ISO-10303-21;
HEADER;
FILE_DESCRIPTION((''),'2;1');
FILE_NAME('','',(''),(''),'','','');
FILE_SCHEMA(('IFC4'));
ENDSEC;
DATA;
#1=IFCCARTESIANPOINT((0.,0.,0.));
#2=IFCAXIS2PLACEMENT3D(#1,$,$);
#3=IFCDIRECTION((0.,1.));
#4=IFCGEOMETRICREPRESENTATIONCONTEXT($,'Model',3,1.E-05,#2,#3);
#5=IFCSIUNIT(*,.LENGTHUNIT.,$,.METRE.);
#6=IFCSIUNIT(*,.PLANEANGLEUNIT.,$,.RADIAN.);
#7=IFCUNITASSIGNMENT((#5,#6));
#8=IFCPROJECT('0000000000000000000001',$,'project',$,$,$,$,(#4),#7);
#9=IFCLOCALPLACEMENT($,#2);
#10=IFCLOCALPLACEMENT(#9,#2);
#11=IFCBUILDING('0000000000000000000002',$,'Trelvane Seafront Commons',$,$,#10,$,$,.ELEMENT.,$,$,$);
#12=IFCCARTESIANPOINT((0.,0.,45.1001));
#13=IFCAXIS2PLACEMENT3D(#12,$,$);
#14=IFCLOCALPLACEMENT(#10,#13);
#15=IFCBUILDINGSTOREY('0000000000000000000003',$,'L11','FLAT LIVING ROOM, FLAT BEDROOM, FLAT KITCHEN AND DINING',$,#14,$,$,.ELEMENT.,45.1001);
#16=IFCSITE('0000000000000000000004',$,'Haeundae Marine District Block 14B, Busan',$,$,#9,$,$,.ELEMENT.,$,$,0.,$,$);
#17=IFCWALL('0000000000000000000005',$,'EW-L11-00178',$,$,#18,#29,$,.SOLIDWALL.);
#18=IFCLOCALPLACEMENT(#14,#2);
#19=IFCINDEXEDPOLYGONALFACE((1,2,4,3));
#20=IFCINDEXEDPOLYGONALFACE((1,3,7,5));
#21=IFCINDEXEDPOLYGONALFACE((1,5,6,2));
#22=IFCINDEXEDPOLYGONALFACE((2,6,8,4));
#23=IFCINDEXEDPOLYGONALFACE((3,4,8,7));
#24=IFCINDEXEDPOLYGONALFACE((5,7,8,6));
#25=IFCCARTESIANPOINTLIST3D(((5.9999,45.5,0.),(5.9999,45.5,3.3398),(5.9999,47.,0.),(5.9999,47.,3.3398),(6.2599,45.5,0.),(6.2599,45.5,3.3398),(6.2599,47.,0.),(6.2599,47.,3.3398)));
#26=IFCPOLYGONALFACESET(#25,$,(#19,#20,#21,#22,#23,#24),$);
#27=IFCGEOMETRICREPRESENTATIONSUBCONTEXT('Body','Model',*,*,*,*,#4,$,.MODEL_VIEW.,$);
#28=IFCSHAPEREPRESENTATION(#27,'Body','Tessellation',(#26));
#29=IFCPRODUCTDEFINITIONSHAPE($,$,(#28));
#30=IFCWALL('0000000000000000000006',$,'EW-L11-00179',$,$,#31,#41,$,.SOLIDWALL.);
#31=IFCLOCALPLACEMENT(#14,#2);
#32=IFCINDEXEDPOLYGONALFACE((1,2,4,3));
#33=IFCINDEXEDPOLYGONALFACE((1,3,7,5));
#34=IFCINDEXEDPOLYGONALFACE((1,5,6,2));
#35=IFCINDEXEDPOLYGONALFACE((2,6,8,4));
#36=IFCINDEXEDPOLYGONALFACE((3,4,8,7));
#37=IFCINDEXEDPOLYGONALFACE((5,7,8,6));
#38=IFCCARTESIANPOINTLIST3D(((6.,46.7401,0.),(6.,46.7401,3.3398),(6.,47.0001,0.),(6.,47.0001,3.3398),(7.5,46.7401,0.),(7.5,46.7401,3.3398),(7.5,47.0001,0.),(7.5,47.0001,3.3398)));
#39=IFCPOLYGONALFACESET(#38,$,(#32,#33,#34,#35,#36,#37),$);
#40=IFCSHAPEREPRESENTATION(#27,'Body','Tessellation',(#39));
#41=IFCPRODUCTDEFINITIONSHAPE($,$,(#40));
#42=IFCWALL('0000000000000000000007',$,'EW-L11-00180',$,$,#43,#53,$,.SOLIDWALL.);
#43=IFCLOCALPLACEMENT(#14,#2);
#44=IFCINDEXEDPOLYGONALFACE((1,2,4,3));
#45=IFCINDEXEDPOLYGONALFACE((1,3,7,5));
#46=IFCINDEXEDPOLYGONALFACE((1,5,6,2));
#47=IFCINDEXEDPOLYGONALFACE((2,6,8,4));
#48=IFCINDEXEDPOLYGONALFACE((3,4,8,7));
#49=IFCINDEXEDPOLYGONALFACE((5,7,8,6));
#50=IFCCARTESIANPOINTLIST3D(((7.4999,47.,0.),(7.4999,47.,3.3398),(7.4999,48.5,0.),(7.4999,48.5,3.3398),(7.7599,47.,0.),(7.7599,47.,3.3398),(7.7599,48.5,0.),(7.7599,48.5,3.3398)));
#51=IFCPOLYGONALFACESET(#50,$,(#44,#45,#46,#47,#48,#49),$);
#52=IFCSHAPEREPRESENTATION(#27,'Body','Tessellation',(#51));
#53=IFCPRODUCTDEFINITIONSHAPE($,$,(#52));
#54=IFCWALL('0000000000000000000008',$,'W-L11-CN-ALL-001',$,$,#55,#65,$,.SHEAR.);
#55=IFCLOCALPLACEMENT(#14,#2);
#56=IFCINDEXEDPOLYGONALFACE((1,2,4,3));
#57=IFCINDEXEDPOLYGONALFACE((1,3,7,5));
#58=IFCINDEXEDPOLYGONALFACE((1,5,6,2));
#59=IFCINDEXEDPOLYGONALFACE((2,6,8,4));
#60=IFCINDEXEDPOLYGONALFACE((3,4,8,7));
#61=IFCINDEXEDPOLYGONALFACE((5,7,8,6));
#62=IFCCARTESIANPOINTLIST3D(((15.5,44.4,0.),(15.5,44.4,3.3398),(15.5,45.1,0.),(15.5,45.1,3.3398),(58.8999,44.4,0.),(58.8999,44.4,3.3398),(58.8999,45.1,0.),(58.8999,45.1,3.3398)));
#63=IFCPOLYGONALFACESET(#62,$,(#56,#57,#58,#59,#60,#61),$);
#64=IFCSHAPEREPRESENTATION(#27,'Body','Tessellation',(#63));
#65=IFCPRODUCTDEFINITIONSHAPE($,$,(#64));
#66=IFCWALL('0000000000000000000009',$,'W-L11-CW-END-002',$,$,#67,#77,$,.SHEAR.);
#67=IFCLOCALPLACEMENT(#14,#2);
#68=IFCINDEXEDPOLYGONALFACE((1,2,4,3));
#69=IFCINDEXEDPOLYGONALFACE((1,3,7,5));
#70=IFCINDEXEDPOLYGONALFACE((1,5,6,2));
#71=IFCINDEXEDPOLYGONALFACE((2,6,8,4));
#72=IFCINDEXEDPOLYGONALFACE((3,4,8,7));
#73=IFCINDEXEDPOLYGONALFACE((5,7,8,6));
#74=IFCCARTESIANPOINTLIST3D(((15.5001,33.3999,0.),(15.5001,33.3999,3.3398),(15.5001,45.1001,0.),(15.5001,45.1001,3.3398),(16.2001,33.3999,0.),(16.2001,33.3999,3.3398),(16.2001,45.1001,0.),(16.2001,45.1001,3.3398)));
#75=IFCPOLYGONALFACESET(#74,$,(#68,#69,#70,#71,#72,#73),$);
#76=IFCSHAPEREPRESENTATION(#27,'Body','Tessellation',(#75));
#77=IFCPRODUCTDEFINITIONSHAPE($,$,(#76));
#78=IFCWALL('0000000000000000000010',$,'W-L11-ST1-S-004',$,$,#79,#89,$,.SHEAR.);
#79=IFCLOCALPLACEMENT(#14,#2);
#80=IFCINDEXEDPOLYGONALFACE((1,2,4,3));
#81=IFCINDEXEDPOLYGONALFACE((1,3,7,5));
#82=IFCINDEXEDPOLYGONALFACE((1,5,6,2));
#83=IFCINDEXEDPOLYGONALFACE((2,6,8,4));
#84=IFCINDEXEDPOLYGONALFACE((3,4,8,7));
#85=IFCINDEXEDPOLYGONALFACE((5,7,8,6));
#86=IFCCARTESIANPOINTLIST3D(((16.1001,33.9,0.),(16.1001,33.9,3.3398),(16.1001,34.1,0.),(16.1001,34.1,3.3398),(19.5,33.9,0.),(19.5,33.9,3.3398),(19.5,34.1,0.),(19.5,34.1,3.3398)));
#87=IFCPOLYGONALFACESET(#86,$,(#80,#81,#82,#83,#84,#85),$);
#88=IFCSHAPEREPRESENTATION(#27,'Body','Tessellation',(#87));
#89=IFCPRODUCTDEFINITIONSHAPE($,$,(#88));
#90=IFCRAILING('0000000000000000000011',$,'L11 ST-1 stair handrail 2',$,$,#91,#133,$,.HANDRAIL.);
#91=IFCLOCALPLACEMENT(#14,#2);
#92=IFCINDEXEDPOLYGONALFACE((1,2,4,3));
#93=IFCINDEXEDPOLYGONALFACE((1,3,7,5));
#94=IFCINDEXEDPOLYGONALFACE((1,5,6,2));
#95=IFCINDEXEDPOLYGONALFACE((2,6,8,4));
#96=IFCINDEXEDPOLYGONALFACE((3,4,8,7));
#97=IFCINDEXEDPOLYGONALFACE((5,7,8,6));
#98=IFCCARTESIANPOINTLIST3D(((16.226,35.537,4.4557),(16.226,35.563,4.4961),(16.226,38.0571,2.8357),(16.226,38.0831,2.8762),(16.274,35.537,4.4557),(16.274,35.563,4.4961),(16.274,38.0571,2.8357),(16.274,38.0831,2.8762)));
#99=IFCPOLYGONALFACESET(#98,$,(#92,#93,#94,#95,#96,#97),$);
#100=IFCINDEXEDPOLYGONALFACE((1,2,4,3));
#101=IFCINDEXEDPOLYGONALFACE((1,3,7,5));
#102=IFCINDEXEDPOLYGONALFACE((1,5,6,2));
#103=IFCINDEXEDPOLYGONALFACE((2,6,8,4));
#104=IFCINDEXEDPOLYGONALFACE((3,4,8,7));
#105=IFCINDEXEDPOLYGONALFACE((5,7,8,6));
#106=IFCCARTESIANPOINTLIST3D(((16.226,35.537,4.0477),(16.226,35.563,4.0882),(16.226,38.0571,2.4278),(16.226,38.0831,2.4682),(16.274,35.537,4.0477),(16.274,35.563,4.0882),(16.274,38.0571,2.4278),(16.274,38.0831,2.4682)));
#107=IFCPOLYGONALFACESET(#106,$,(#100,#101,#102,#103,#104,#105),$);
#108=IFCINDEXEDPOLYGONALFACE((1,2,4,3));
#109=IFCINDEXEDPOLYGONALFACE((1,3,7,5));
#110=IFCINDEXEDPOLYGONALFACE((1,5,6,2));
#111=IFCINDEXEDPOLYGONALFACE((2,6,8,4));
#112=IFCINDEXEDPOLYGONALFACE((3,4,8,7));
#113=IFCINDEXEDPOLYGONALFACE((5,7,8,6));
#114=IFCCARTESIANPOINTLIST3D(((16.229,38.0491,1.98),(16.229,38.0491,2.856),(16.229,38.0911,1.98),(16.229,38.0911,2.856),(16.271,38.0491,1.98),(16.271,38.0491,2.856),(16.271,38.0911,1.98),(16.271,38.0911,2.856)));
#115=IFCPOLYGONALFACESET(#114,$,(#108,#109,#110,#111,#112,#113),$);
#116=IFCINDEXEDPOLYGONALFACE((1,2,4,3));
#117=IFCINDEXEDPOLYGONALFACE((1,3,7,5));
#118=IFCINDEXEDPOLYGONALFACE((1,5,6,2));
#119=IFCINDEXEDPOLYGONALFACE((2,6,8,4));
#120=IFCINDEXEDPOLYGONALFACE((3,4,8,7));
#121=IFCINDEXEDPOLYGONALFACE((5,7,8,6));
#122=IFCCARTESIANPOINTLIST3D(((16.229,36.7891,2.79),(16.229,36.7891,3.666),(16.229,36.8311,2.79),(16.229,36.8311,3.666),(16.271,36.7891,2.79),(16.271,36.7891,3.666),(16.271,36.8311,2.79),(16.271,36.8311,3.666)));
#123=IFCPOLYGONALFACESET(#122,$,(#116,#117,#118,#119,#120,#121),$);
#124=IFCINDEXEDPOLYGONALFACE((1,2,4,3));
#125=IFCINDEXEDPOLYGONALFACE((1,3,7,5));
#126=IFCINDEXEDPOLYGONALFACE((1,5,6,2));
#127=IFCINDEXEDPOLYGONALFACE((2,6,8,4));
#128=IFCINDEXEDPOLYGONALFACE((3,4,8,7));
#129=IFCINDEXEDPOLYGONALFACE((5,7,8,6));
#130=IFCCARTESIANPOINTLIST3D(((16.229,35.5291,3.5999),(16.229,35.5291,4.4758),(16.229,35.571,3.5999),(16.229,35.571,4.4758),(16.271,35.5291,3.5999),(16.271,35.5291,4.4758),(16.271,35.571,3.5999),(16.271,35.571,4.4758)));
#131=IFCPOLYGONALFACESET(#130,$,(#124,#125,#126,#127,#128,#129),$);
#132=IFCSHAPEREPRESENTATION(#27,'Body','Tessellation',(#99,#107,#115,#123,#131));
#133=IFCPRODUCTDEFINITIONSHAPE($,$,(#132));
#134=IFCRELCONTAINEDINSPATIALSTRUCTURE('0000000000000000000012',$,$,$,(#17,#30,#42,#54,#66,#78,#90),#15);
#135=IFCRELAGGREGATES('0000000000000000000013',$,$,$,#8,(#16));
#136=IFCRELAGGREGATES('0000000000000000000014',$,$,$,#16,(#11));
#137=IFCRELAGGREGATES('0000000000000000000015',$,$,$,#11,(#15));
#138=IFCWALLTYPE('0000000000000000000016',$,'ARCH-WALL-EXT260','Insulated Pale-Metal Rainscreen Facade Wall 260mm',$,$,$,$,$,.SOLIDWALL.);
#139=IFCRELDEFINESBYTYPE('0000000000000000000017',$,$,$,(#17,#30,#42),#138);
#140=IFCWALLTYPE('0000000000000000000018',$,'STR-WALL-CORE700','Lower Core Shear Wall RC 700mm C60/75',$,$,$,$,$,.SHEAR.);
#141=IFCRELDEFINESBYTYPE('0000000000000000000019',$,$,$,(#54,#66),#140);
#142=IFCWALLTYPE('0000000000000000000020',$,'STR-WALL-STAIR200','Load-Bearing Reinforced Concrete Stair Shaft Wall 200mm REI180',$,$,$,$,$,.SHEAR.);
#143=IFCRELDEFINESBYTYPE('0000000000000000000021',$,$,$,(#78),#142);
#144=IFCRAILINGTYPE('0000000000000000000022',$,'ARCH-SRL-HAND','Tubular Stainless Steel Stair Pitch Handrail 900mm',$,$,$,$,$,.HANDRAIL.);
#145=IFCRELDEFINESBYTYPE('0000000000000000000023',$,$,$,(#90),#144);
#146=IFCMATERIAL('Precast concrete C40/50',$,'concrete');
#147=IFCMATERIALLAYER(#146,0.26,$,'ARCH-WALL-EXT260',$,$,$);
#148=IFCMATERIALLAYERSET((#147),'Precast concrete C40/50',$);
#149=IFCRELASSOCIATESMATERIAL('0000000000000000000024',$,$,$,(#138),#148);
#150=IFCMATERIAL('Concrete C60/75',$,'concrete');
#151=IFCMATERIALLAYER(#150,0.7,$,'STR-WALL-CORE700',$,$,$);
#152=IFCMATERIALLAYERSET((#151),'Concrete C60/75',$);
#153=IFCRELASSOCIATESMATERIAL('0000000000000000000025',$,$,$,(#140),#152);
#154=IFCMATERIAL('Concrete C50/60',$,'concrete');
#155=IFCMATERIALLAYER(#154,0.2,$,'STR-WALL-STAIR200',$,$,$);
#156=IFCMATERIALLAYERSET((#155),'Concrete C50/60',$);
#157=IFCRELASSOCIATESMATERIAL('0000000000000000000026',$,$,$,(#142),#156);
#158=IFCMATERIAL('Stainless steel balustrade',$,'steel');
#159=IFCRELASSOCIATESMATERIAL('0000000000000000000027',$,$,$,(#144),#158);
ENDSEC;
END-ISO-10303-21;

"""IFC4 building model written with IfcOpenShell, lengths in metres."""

from ifc_helpers import new_model, si_unit, direction, frame, frame_2d, origin, origin_2d, place, context, subcontext, project, spatial, rectangle, extrude, material, layer, layer_set, type_object, element, save


model = new_model("IFC4")

# Units and contexts
model_context = context("Model", 3, precision=1e-05, world=origin(), true_north=direction((0.0, 1.0)))
body_context = subcontext(model_context, "Body", "Model", "MODEL_VIEW")
ifc_project = project(units=[si_unit("LENGTHUNIT", "METRE"), si_unit("PLANEANGLEUNIT", "RADIAN")], contexts=[model_context])

# Site, building, storey
site_placement = place(None, origin())
site = spatial("IfcSite", under=ifc_project, at=site_placement, Name="Haeundae Marine District Block 14B, Busan", CompositionType="ELEMENT", RefElevation=0.0)
building_placement = place(site_placement, origin())
building = spatial("IfcBuilding", under=site, at=building_placement, Name="Trelvane Seafront Commons", CompositionType="ELEMENT")
storey_placement = place(building_placement, frame((0.0, 0.0, 45.1001)))
storey = spatial("IfcBuildingStorey", under=building, at=storey_placement, Name="L11", Description="FLAT LIVING ROOM, FLAT BEDROOM, FLAT KITCHEN AND DINING", CompositionType="ELEMENT", Elevation=45.1001)

# Shared definitions
ifc_material_1 = material(Name="Concrete C60/75", Category="concrete")

# Shared definitions
ifc_material_2 = material(Name="Precast concrete C40/50", Category="concrete")
ifc_layer_1 = layer(ifc_material_2, 0.26, Name="ARCH-WALL-EXT260")
ifc_layer_set_1 = layer_set([ifc_layer_1], Name="Precast concrete C40/50")
wall_type_1 = type_object("IfcWallType", Name="ARCH-WALL-EXT260", Description="Insulated Pale-Metal Rainscreen Facade Wall 260mm", PredefinedType="SOLIDWALL", material=ifc_layer_set_1)

# Walls
for number, where, z_axis, x_axis, name in (
    (1, (6.1299, 45.5, 0.0), (0.0, 0.0, 1.0), (0.0, 1.0, 0.0), "EW-L11-00178"),
    (2, (6.0, 46.8701, 0.0), (0.0, 0.0, 1.0), (1.0, 0.0, 0.0), "EW-L11-00179"),
    (3, (7.6299, 47.0, 0.0), (0.0, 0.0, 1.0), (0.0, 1.0, 0.0), "EW-L11-00180"),
):
    element("IfcWall", number, at=place(storey_placement, frame(where, z_axis=z_axis, x_axis=x_axis)), inside=storey, type_object=wall_type_1, Name=name, PredefinedType="SOLIDWALL", context=body_context, shape_type="SweptSolid", body=[
        extrude(rectangle(XDim=1.5, YDim=0.26, at=frame_2d((0.75, 0.0))), origin(), (0.0, 0.0, 1.0), 3.3398),
    ])

# Walls
ifc_layer_2 = layer(ifc_material_1, 0.7, Name="STR-WALL-CORE700")
ifc_layer_set_2 = layer_set([ifc_layer_2], Name="Concrete C60/75")
wall_type_2 = type_object("IfcWallType", Name="STR-WALL-CORE700", Description="Lower Core Shear Wall RC 700mm C60/75", PredefinedType="SHEAR", material=ifc_layer_set_2)
wall_1_placement = place(storey_placement, frame((15.5, 44.75, 0.0), z_axis=(0.0, 0.0, 1.0), x_axis=(1.0, 0.0, 0.0)))
element("IfcWall", 4, at=wall_1_placement, inside=storey, type_object=wall_type_2, Name="W-L11-CN-ALL-001", PredefinedType="SHEAR", context=body_context, shape_type="SweptSolid", body=[
    extrude(rectangle(XDim=43.3999, YDim=0.7, at=frame_2d((21.7, 0.0))), origin(), (0.0, 0.0, 1.0), 3.3398),
])
wall_2_placement = place(storey_placement, frame((15.8501, 33.3999, 0.0), z_axis=(0.0, 0.0, 1.0), x_axis=(0.0, 1.0, 0.0)))
element("IfcWall", 5, at=wall_2_placement, inside=storey, type_object=wall_type_2, Name="W-L11-CW-END-002", PredefinedType="SHEAR", context=body_context, shape_type="SweptSolid", body=[
    extrude(rectangle(XDim=11.7002, YDim=0.7, at=frame_2d((5.8501, 0.0))), origin(), (0.0, 0.0, 1.0), 3.3398),
])
ifc_material_3 = material(Name="Concrete C50/60", Category="concrete")
ifc_layer_3 = layer(ifc_material_3, 0.2, Name="STR-WALL-STAIR200")
ifc_layer_set_3 = layer_set([ifc_layer_3], Name="Concrete C50/60")
wall_type_3 = type_object("IfcWallType", Name="STR-WALL-STAIR200", Description="Load-Bearing Reinforced Concrete Stair Shaft Wall 200mm REI180", PredefinedType="SHEAR", material=ifc_layer_set_3)
wall_3_placement = place(storey_placement, frame((16.1001, 34.0, 0.0), z_axis=(0.0, 0.0, 1.0), x_axis=(1.0, 0.0, 0.0)))
element("IfcWall", 6, at=wall_3_placement, inside=storey, type_object=wall_type_3, Name="W-L11-ST1-S-004", PredefinedType="SHEAR", context=body_context, shape_type="SweptSolid", body=[
    extrude(rectangle(XDim=3.3999, YDim=0.2, at=frame_2d((1.7, 0.0))), origin(), (0.0, 0.0, 1.0), 3.3398),
])

# Railing
ifc_material_4 = material(Name="Stainless steel balustrade", Category="steel")
railing_type = type_object("IfcRailingType", Name="ARCH-SRL-HAND", Description="Tubular Stainless Steel Stair Pitch Handrail 900mm", PredefinedType="HANDRAIL", material=ifc_material_4)
railing_placement = place(storey_placement, frame((16.25, 38.0701, 1.98)))
element("IfcRailing", 7, at=railing_placement, inside=storey, type_object=railing_type, Name="L11 ST-1 stair handrail 2", PredefinedType="HANDRAIL", context=body_context, shape_type="SweptSolid", body=[
    extrude(rectangle(XDim=0.0481, YDim=0.0481, at=origin_2d()), frame((0.0, 0.0, 0.876), z_axis=(0.0, -0.8412, 0.540725), x_axis=(1.0, 0.0, 0.0)), (0.0, 0.0, 1.0), 2.9958),
    extrude(rectangle(XDim=0.0481, YDim=0.0481, at=origin_2d()), frame((0.0, 0.0, 0.468), z_axis=(0.0, -0.8412, 0.540725), x_axis=(1.0, 0.0, 0.0)), (0.0, 0.0, 1.0), 2.9958),
    extrude(rectangle(XDim=0.042, YDim=0.042, at=origin_2d()), origin(), (0.0, 0.0, 1.0), 0.876),
    extrude(rectangle(XDim=0.042, YDim=0.042, at=origin_2d()), frame((0.0, -1.26, 0.8101)), (0.0, 0.0, 1.0), 0.876),
    extrude(rectangle(XDim=0.042, YDim=0.042, at=origin_2d()), frame((0.0, -2.52, 1.6199)), (0.0, 0.0, 1.0), 0.876),
])

save(model, "model.ifc")
